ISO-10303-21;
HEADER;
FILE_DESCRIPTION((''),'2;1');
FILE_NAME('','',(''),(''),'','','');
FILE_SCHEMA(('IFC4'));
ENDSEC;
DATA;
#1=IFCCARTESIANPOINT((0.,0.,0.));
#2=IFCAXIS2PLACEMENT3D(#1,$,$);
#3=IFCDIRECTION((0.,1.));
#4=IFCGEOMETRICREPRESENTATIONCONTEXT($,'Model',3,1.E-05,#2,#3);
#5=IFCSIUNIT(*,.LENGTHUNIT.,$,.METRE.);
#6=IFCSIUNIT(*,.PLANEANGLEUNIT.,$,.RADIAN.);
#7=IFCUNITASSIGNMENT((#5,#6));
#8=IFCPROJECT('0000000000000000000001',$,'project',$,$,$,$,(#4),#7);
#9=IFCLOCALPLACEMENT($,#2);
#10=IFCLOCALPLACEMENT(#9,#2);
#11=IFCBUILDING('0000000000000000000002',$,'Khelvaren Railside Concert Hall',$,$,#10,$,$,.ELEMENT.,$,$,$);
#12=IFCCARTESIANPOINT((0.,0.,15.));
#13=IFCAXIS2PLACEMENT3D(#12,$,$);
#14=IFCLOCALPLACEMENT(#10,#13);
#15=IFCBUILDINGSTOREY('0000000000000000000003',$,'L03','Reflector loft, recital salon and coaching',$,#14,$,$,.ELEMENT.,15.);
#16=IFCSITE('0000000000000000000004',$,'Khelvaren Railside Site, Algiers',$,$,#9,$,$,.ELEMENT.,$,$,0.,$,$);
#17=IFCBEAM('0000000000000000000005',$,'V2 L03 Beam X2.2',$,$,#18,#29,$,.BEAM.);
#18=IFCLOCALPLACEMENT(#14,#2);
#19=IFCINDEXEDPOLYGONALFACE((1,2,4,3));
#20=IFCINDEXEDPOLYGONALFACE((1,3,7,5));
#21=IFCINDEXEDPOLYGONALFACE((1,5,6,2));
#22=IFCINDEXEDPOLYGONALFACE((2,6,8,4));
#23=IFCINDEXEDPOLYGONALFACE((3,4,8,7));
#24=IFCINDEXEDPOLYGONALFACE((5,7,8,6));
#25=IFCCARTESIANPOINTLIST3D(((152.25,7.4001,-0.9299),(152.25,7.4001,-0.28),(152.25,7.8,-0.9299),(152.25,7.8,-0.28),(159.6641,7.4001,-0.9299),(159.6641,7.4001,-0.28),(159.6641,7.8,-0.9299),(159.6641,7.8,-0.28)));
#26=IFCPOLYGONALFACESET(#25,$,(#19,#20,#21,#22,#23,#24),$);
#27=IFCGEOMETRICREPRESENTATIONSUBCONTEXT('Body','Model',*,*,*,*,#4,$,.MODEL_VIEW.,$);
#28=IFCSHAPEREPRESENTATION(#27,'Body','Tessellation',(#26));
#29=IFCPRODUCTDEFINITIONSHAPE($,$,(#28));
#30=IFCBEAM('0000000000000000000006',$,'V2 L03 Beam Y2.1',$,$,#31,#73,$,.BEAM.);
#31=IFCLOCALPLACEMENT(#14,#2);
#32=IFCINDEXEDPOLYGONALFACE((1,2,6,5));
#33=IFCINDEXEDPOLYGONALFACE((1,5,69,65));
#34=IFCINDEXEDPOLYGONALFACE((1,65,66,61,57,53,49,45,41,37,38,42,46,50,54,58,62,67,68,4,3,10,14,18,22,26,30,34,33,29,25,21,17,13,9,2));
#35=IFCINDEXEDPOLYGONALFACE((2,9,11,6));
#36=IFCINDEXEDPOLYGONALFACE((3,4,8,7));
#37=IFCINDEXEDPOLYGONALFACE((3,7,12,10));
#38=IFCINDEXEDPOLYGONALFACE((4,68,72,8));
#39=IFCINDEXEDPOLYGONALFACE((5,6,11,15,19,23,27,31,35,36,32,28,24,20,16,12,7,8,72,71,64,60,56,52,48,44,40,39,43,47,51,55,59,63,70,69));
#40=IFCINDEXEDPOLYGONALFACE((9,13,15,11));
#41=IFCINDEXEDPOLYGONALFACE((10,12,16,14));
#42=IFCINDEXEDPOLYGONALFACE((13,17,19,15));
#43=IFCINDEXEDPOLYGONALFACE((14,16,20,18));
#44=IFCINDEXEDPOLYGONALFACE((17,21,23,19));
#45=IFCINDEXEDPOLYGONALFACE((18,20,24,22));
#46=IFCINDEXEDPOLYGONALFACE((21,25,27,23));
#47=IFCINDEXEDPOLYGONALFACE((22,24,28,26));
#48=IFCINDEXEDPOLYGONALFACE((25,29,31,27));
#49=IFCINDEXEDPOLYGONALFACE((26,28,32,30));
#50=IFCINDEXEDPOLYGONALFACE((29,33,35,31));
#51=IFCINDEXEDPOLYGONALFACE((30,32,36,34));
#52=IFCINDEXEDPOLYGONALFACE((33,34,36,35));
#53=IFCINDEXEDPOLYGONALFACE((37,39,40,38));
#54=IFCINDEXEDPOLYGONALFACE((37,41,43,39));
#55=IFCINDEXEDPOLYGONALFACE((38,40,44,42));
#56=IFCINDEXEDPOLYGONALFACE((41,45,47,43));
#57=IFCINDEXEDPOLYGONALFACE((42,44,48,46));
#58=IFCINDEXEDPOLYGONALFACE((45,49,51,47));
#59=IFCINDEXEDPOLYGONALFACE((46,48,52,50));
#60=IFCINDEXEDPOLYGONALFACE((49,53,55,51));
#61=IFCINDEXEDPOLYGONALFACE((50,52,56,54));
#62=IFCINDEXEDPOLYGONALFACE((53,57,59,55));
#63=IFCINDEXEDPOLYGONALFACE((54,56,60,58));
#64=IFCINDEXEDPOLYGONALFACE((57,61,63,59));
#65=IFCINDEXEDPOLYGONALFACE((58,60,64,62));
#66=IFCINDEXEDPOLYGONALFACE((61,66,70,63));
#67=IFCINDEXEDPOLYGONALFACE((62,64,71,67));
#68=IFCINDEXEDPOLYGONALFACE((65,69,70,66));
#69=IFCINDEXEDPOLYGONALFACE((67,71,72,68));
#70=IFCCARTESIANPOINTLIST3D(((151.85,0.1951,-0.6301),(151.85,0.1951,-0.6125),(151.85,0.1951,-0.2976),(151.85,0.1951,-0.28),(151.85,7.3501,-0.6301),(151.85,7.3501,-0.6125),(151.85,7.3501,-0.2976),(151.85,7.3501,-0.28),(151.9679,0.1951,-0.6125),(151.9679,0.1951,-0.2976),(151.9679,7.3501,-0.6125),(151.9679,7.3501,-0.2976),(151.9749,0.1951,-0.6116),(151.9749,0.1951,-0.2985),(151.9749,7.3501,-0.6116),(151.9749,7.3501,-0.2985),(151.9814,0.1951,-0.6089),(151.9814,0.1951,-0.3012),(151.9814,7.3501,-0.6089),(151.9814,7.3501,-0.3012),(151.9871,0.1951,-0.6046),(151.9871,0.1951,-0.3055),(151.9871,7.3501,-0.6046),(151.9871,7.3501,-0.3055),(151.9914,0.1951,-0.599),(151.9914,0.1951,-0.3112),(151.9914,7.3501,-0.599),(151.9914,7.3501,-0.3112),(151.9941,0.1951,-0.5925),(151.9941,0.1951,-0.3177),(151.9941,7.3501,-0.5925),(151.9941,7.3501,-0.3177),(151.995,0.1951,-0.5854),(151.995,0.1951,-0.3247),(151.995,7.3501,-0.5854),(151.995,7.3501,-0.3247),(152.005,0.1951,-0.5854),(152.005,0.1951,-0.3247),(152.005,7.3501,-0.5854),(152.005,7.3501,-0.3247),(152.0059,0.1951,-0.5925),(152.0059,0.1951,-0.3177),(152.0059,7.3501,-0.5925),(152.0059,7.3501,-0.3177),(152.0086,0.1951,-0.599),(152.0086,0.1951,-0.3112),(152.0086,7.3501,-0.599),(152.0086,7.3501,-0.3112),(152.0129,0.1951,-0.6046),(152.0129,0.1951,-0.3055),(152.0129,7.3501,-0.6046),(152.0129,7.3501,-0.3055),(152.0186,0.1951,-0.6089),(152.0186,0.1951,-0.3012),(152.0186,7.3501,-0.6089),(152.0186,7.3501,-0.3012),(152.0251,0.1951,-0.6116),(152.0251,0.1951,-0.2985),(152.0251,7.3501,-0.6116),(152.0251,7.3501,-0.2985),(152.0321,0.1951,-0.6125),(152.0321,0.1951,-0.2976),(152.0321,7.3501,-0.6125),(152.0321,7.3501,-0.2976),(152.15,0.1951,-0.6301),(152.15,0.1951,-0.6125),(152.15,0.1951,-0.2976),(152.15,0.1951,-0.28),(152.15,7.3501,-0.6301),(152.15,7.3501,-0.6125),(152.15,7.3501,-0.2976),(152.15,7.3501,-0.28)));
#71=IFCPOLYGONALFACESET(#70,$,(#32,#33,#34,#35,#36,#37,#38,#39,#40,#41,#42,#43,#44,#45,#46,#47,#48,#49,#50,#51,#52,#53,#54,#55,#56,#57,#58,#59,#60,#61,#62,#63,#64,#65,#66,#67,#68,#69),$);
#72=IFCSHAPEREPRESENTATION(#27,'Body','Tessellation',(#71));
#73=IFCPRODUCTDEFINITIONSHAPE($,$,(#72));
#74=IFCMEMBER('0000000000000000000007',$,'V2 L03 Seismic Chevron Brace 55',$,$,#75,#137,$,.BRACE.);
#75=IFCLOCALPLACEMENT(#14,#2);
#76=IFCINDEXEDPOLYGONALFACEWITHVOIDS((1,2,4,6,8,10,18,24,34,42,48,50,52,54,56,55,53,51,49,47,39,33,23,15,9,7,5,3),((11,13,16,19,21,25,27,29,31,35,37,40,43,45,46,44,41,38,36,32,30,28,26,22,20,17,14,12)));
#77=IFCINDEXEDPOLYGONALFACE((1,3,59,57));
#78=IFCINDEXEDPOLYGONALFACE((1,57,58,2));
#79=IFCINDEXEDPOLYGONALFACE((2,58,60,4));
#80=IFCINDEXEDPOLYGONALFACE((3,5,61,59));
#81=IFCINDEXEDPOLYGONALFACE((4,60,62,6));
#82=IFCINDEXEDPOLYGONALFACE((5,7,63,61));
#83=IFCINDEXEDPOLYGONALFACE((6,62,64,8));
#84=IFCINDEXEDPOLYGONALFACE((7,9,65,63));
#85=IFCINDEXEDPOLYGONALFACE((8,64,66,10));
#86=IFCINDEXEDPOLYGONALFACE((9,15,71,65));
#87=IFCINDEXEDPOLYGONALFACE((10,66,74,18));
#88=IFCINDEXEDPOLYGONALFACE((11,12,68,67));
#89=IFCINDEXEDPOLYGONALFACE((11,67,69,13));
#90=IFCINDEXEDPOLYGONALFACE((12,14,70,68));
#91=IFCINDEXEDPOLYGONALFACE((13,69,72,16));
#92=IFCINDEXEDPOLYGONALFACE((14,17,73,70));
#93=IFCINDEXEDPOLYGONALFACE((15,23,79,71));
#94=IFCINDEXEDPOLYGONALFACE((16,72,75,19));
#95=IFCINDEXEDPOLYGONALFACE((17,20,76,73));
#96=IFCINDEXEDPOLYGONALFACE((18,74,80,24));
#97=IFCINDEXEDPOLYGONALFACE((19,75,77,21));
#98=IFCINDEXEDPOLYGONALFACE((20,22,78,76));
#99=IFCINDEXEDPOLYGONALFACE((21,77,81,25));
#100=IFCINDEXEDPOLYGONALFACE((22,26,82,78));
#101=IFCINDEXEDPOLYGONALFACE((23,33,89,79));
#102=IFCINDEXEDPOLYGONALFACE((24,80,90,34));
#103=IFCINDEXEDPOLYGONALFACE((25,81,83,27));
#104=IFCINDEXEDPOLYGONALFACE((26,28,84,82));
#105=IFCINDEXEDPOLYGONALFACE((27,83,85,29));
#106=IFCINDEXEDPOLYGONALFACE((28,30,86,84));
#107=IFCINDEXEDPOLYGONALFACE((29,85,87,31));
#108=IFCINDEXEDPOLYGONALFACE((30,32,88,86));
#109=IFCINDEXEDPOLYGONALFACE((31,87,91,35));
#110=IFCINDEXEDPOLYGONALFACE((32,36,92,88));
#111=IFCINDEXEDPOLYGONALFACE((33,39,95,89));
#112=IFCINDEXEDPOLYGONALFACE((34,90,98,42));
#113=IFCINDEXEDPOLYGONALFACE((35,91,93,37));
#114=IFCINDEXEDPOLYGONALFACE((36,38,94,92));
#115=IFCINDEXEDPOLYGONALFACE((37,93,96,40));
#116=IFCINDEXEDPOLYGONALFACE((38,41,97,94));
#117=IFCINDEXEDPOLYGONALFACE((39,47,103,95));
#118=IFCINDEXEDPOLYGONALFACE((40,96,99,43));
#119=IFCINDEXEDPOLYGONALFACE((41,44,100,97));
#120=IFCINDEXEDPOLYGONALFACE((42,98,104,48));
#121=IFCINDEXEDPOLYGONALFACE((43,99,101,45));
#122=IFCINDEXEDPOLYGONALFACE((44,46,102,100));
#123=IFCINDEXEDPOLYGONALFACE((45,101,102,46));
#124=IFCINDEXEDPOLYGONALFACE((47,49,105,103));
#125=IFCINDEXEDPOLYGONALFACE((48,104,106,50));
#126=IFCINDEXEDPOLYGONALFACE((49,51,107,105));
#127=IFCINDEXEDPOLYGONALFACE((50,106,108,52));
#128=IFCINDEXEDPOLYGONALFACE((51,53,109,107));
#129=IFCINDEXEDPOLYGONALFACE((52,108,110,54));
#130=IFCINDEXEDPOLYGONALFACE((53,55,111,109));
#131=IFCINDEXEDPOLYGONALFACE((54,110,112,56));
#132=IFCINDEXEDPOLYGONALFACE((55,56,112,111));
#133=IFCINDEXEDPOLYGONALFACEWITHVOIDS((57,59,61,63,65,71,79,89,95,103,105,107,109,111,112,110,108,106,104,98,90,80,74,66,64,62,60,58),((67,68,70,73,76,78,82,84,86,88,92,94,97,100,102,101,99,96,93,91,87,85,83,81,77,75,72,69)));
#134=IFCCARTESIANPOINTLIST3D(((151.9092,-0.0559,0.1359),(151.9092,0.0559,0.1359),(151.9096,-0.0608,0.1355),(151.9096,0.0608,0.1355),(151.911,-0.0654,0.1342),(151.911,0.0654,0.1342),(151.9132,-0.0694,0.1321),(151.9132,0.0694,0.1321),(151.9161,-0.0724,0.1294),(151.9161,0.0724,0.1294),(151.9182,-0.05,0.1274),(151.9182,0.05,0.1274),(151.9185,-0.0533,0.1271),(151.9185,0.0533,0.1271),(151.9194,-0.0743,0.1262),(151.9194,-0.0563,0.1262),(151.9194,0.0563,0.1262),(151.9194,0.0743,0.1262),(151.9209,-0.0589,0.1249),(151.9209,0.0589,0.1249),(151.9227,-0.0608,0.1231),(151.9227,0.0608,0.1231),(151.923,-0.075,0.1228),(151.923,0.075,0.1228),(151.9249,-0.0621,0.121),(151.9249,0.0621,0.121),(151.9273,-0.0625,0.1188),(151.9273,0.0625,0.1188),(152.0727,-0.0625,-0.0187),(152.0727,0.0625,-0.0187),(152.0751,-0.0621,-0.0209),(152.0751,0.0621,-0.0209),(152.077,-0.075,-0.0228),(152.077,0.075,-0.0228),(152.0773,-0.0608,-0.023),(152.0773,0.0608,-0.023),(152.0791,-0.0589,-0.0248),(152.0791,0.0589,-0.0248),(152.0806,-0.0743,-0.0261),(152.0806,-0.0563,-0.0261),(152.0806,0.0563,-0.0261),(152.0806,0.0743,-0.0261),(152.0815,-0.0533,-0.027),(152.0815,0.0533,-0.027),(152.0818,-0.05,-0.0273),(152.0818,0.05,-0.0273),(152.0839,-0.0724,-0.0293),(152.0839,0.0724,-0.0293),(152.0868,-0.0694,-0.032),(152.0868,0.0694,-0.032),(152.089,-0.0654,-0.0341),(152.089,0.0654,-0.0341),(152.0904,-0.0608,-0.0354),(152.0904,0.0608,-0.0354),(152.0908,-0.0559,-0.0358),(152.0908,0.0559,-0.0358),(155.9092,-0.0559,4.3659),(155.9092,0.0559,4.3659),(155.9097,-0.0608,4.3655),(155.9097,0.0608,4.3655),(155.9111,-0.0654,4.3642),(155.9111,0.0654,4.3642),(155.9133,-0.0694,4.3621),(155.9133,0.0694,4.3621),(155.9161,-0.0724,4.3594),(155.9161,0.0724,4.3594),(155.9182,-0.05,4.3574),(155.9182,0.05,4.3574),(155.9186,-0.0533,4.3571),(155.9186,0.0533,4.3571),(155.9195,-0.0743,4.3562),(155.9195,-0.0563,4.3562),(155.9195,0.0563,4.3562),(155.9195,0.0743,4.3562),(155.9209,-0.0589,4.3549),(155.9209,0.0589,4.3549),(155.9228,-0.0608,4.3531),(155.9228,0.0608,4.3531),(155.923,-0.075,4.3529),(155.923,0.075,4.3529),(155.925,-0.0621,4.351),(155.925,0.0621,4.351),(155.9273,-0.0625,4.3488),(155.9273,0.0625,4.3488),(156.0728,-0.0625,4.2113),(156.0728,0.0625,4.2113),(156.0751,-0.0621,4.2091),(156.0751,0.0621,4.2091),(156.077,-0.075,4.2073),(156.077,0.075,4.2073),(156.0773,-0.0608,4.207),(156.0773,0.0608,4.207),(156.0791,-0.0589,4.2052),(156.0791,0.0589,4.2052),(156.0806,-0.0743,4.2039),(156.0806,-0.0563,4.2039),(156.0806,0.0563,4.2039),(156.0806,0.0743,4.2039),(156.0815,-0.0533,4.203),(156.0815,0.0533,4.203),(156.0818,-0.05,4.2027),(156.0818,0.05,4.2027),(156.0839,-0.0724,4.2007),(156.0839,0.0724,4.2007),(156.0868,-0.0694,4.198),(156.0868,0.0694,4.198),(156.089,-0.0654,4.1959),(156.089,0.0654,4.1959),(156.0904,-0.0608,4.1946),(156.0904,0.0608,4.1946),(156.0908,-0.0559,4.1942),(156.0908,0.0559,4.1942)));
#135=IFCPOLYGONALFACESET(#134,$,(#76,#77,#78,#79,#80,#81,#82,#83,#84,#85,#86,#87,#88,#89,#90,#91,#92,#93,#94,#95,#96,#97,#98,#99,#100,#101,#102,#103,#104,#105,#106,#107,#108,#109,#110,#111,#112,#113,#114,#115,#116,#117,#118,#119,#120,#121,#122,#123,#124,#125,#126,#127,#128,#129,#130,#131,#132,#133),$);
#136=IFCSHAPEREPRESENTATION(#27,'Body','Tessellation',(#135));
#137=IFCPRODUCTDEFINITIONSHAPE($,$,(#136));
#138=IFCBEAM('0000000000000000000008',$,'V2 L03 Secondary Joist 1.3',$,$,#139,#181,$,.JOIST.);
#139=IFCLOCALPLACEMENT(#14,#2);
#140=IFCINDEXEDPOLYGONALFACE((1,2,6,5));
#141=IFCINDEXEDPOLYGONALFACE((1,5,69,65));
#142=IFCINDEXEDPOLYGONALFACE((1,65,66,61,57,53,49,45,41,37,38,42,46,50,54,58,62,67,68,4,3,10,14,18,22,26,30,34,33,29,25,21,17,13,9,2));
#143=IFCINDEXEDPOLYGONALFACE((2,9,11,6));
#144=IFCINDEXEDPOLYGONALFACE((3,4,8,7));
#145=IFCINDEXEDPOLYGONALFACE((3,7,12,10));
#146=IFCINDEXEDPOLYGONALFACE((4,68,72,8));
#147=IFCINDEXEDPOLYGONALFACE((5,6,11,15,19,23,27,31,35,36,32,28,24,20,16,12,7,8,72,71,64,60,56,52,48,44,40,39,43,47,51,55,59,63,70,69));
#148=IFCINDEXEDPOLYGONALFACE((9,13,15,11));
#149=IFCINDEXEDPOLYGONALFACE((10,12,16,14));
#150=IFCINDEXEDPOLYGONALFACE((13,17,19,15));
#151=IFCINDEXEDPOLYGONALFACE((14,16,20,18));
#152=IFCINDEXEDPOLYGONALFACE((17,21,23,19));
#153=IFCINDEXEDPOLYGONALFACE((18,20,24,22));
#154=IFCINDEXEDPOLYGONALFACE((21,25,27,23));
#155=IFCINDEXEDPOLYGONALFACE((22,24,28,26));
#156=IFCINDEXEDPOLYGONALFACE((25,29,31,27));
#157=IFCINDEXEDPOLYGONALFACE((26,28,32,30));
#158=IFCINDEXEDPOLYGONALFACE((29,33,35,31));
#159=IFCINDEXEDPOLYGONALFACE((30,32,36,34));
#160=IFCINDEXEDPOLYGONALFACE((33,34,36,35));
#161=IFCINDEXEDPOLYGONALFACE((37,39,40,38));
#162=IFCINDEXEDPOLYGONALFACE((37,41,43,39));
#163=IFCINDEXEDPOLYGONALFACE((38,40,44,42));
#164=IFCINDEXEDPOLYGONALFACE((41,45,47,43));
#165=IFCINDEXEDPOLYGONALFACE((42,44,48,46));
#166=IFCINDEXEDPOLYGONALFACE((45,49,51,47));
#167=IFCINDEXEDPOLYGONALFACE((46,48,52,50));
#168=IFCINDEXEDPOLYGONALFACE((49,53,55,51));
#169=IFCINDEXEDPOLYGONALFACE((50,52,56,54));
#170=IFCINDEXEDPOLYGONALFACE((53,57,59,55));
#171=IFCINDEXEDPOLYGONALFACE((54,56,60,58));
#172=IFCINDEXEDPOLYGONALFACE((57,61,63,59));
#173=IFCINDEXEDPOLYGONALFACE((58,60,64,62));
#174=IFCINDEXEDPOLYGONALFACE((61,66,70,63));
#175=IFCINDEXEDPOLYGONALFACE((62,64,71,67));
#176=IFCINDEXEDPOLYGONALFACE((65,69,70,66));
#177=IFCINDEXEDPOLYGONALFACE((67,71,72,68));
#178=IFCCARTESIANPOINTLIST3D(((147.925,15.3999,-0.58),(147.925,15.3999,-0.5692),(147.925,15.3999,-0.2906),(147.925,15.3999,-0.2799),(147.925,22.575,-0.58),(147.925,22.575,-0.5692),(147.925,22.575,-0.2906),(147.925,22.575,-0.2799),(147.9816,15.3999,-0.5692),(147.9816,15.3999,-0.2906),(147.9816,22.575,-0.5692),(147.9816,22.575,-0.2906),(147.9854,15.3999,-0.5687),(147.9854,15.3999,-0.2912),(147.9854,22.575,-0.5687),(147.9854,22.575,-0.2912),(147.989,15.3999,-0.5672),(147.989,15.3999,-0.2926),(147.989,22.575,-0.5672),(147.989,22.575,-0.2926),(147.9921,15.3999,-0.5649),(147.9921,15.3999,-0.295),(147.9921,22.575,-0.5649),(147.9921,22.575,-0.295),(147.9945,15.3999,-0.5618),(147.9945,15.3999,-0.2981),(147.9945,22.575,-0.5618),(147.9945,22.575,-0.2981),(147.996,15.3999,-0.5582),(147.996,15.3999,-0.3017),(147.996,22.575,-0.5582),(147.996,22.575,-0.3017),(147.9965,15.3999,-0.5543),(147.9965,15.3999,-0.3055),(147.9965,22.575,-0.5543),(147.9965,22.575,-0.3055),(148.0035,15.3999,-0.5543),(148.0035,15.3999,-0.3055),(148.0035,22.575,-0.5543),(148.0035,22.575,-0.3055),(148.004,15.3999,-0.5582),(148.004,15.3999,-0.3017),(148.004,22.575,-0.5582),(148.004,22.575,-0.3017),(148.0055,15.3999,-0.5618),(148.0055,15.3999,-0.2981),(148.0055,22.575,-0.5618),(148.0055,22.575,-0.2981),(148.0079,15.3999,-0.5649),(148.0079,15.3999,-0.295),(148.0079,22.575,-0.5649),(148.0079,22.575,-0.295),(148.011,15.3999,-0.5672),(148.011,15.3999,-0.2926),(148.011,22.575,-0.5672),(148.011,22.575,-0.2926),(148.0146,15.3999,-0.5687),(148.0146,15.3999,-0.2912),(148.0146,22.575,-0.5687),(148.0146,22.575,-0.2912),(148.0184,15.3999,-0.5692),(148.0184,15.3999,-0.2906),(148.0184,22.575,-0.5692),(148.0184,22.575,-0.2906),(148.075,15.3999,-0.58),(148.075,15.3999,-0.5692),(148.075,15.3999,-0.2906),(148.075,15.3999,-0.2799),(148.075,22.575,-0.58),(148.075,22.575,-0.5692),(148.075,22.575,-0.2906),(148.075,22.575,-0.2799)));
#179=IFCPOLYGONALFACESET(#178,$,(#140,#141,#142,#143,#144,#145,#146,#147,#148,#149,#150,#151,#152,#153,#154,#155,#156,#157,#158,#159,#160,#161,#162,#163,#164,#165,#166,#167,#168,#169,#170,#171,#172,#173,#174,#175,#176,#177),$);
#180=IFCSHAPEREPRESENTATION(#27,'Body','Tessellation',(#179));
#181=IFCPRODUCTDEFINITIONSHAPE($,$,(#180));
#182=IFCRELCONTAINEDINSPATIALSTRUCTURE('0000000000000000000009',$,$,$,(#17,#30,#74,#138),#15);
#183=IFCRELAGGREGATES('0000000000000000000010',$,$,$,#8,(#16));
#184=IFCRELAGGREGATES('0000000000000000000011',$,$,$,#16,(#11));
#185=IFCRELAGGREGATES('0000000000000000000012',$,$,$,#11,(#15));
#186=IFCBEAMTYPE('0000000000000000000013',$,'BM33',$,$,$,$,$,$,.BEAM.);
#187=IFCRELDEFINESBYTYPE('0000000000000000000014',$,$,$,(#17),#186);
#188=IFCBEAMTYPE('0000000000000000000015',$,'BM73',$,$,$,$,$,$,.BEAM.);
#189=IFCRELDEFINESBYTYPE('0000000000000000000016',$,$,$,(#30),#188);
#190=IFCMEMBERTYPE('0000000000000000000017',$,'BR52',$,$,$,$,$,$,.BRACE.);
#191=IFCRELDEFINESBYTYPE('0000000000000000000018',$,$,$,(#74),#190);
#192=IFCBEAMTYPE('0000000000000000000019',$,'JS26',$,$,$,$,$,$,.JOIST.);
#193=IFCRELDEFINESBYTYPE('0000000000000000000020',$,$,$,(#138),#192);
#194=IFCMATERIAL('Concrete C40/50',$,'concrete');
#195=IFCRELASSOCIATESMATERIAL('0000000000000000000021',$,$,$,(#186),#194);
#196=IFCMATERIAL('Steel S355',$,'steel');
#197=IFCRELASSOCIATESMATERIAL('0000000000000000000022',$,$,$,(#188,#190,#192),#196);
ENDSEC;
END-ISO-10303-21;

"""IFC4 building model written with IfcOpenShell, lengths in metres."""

from ifc_helpers import new_model, si_unit, direction, frame, origin, origin_2d, place, context, subcontext, project, spatial, rectangle, hollow_rectangle, i_section, extrude, material, material_profile, profile_set, type_object, element, save


model = new_model("IFC4")

# Units and contexts
model_context = context("Model", 3, precision=1e-05, world=origin(), true_north=direction((0.0, 1.0)))
body_context = subcontext(model_context, "Body", "Model", "MODEL_VIEW")
ifc_project = project(units=[si_unit("LENGTHUNIT", "METRE"), si_unit("PLANEANGLEUNIT", "RADIAN")], contexts=[model_context])

# Site, building, storey
site_placement = place(None, origin())
site = spatial("IfcSite", under=ifc_project, at=site_placement, Name="Khelvaren Railside Site, Algiers", CompositionType="ELEMENT", RefElevation=0.0)
building_placement = place(site_placement, origin())
building = spatial("IfcBuilding", under=site, at=building_placement, Name="Khelvaren Railside Concert Hall", CompositionType="ELEMENT")
storey_placement = place(building_placement, frame((0.0, 0.0, 15.0)))
storey = spatial("IfcBuildingStorey", under=building, at=storey_placement, Name="L03", Description="Reflector loft, recital salon and coaching", CompositionType="ELEMENT", Elevation=15.0)

# Shared definitions
ifc_material_1 = material(Name="Steel S355", Category="steel")

# Beams
ifc_material_2 = material(Name="Concrete C40/50", Category="concrete")
ifc_material_profile_1 = material_profile(ifc_material_2, rectangle(XDim=0.3999, YDim=0.6499, at=origin_2d()), Name="RCB 400x650")
ifc_profile_set_1 = profile_set([ifc_material_profile_1], Name="Concrete C40/50")
beam_type_1 = type_object("IfcBeamType", Name="BM33", PredefinedType="BEAM", material=ifc_profile_set_1)
beam_1_placement = place(storey_placement, frame((152.25, 7.6001, -0.605), z_axis=(1.0, 0.0, 0.0), x_axis=(0.0, 1.0, 0.0)))
element("IfcBeam", 1, at=beam_1_placement, inside=storey, type_object=beam_type_1, Name="V2 L03 Beam X2.2", PredefinedType="BEAM", context=body_context, shape_type="SweptSolid", body=[
    extrude(rectangle(XDim=0.3999, YDim=0.6499, at=origin_2d()), origin(), (0.0, 0.0, 1.0), 7.4141),
])
ifc_material_profile_2 = material_profile(ifc_material_1, i_section(OverallWidth=0.3, OverallDepth=0.3501, WebThickness=0.01, FlangeThickness=0.0176, FilletRadius=0.0271, at=origin_2d()), Name="HEA 360")
ifc_profile_set_2 = profile_set([ifc_material_profile_2], Name="Steel S355")
beam_type_2 = type_object("IfcBeamType", Name="BM73", PredefinedType="BEAM", material=ifc_profile_set_2)
beam_2_placement = place(storey_placement, frame((152.0, 0.1951, -0.4551), z_axis=(0.0, 1.0, 0.0), x_axis=(-1.0, 0.0, 0.0)))
element("IfcBeam", 2, at=beam_2_placement, inside=storey, type_object=beam_type_2, Name="V2 L03 Beam Y2.1", PredefinedType="BEAM", context=body_context, shape_type="SweptSolid", body=[
    extrude(i_section(OverallWidth=0.3, OverallDepth=0.3501, WebThickness=0.01, FlangeThickness=0.0176, FilletRadius=0.0271, at=origin_2d()), origin(), (0.0, 0.0, 1.0), 7.155),
])

# Member
ifc_material_profile_3 = material_profile(ifc_material_1, hollow_rectangle(XDim=0.1499, YDim=0.25, WallThickness=0.0125, InnerFilletRadius=0.0125, OuterFilletRadius=0.019, at=origin_2d()), Name="RHS 250x150x12.5")
ifc_profile_set_3 = profile_set([ifc_material_profile_3], Name="Steel S355")
member_type = type_object("IfcMemberType", Name="BR52", PredefinedType="BRACE", material=ifc_profile_set_3)
member_placement = place(storey_placement, frame((152.0, 0.0, 0.05), z_axis=(0.687079, 0.0, 0.726583), x_axis=(0.0, 1.0, 0.0)))
element("IfcMember", 3, at=member_placement, inside=storey, type_object=member_type, Name="V2 L03 Seismic Chevron Brace 55", PredefinedType="BRACE", context=body_context, shape_type="SweptSolid", body=[
    extrude(hollow_rectangle(XDim=0.1499, YDim=0.25, WallThickness=0.0125, InnerFilletRadius=0.0125, OuterFilletRadius=0.019, at=origin_2d()), origin(), (0.0, 0.0, 1.0), 5.8218),
])

# Beam
ifc_material_profile_4 = material_profile(ifc_material_1, i_section(OverallWidth=0.1499, OverallDepth=0.3, WebThickness=0.0071, FlangeThickness=0.0107, FilletRadius=0.0149, at=origin_2d()), Name="IPE 300")
ifc_profile_set_4 = profile_set([ifc_material_profile_4], Name="Steel S355")
beam_type_3 = type_object("IfcBeamType", Name="JS26", PredefinedType="JOIST", material=ifc_profile_set_4)
beam_3_placement = place(storey_placement, frame((148.0, 15.3999, -0.4299), z_axis=(0.0, 1.0, 0.0), x_axis=(-1.0, 0.0, 0.0)))
element("IfcBeam", 4, at=beam_3_placement, inside=storey, type_object=beam_type_3, Name="V2 L03 Secondary Joist 1.3", PredefinedType="JOIST", context=body_context, shape_type="SweptSolid", body=[
    extrude(i_section(OverallWidth=0.1499, OverallDepth=0.3, WebThickness=0.0071, FlangeThickness=0.0107, FilletRadius=0.0149, at=origin_2d()), origin(), (0.0, 0.0, 1.0), 7.175),
])

save(model, "model.ifc")
